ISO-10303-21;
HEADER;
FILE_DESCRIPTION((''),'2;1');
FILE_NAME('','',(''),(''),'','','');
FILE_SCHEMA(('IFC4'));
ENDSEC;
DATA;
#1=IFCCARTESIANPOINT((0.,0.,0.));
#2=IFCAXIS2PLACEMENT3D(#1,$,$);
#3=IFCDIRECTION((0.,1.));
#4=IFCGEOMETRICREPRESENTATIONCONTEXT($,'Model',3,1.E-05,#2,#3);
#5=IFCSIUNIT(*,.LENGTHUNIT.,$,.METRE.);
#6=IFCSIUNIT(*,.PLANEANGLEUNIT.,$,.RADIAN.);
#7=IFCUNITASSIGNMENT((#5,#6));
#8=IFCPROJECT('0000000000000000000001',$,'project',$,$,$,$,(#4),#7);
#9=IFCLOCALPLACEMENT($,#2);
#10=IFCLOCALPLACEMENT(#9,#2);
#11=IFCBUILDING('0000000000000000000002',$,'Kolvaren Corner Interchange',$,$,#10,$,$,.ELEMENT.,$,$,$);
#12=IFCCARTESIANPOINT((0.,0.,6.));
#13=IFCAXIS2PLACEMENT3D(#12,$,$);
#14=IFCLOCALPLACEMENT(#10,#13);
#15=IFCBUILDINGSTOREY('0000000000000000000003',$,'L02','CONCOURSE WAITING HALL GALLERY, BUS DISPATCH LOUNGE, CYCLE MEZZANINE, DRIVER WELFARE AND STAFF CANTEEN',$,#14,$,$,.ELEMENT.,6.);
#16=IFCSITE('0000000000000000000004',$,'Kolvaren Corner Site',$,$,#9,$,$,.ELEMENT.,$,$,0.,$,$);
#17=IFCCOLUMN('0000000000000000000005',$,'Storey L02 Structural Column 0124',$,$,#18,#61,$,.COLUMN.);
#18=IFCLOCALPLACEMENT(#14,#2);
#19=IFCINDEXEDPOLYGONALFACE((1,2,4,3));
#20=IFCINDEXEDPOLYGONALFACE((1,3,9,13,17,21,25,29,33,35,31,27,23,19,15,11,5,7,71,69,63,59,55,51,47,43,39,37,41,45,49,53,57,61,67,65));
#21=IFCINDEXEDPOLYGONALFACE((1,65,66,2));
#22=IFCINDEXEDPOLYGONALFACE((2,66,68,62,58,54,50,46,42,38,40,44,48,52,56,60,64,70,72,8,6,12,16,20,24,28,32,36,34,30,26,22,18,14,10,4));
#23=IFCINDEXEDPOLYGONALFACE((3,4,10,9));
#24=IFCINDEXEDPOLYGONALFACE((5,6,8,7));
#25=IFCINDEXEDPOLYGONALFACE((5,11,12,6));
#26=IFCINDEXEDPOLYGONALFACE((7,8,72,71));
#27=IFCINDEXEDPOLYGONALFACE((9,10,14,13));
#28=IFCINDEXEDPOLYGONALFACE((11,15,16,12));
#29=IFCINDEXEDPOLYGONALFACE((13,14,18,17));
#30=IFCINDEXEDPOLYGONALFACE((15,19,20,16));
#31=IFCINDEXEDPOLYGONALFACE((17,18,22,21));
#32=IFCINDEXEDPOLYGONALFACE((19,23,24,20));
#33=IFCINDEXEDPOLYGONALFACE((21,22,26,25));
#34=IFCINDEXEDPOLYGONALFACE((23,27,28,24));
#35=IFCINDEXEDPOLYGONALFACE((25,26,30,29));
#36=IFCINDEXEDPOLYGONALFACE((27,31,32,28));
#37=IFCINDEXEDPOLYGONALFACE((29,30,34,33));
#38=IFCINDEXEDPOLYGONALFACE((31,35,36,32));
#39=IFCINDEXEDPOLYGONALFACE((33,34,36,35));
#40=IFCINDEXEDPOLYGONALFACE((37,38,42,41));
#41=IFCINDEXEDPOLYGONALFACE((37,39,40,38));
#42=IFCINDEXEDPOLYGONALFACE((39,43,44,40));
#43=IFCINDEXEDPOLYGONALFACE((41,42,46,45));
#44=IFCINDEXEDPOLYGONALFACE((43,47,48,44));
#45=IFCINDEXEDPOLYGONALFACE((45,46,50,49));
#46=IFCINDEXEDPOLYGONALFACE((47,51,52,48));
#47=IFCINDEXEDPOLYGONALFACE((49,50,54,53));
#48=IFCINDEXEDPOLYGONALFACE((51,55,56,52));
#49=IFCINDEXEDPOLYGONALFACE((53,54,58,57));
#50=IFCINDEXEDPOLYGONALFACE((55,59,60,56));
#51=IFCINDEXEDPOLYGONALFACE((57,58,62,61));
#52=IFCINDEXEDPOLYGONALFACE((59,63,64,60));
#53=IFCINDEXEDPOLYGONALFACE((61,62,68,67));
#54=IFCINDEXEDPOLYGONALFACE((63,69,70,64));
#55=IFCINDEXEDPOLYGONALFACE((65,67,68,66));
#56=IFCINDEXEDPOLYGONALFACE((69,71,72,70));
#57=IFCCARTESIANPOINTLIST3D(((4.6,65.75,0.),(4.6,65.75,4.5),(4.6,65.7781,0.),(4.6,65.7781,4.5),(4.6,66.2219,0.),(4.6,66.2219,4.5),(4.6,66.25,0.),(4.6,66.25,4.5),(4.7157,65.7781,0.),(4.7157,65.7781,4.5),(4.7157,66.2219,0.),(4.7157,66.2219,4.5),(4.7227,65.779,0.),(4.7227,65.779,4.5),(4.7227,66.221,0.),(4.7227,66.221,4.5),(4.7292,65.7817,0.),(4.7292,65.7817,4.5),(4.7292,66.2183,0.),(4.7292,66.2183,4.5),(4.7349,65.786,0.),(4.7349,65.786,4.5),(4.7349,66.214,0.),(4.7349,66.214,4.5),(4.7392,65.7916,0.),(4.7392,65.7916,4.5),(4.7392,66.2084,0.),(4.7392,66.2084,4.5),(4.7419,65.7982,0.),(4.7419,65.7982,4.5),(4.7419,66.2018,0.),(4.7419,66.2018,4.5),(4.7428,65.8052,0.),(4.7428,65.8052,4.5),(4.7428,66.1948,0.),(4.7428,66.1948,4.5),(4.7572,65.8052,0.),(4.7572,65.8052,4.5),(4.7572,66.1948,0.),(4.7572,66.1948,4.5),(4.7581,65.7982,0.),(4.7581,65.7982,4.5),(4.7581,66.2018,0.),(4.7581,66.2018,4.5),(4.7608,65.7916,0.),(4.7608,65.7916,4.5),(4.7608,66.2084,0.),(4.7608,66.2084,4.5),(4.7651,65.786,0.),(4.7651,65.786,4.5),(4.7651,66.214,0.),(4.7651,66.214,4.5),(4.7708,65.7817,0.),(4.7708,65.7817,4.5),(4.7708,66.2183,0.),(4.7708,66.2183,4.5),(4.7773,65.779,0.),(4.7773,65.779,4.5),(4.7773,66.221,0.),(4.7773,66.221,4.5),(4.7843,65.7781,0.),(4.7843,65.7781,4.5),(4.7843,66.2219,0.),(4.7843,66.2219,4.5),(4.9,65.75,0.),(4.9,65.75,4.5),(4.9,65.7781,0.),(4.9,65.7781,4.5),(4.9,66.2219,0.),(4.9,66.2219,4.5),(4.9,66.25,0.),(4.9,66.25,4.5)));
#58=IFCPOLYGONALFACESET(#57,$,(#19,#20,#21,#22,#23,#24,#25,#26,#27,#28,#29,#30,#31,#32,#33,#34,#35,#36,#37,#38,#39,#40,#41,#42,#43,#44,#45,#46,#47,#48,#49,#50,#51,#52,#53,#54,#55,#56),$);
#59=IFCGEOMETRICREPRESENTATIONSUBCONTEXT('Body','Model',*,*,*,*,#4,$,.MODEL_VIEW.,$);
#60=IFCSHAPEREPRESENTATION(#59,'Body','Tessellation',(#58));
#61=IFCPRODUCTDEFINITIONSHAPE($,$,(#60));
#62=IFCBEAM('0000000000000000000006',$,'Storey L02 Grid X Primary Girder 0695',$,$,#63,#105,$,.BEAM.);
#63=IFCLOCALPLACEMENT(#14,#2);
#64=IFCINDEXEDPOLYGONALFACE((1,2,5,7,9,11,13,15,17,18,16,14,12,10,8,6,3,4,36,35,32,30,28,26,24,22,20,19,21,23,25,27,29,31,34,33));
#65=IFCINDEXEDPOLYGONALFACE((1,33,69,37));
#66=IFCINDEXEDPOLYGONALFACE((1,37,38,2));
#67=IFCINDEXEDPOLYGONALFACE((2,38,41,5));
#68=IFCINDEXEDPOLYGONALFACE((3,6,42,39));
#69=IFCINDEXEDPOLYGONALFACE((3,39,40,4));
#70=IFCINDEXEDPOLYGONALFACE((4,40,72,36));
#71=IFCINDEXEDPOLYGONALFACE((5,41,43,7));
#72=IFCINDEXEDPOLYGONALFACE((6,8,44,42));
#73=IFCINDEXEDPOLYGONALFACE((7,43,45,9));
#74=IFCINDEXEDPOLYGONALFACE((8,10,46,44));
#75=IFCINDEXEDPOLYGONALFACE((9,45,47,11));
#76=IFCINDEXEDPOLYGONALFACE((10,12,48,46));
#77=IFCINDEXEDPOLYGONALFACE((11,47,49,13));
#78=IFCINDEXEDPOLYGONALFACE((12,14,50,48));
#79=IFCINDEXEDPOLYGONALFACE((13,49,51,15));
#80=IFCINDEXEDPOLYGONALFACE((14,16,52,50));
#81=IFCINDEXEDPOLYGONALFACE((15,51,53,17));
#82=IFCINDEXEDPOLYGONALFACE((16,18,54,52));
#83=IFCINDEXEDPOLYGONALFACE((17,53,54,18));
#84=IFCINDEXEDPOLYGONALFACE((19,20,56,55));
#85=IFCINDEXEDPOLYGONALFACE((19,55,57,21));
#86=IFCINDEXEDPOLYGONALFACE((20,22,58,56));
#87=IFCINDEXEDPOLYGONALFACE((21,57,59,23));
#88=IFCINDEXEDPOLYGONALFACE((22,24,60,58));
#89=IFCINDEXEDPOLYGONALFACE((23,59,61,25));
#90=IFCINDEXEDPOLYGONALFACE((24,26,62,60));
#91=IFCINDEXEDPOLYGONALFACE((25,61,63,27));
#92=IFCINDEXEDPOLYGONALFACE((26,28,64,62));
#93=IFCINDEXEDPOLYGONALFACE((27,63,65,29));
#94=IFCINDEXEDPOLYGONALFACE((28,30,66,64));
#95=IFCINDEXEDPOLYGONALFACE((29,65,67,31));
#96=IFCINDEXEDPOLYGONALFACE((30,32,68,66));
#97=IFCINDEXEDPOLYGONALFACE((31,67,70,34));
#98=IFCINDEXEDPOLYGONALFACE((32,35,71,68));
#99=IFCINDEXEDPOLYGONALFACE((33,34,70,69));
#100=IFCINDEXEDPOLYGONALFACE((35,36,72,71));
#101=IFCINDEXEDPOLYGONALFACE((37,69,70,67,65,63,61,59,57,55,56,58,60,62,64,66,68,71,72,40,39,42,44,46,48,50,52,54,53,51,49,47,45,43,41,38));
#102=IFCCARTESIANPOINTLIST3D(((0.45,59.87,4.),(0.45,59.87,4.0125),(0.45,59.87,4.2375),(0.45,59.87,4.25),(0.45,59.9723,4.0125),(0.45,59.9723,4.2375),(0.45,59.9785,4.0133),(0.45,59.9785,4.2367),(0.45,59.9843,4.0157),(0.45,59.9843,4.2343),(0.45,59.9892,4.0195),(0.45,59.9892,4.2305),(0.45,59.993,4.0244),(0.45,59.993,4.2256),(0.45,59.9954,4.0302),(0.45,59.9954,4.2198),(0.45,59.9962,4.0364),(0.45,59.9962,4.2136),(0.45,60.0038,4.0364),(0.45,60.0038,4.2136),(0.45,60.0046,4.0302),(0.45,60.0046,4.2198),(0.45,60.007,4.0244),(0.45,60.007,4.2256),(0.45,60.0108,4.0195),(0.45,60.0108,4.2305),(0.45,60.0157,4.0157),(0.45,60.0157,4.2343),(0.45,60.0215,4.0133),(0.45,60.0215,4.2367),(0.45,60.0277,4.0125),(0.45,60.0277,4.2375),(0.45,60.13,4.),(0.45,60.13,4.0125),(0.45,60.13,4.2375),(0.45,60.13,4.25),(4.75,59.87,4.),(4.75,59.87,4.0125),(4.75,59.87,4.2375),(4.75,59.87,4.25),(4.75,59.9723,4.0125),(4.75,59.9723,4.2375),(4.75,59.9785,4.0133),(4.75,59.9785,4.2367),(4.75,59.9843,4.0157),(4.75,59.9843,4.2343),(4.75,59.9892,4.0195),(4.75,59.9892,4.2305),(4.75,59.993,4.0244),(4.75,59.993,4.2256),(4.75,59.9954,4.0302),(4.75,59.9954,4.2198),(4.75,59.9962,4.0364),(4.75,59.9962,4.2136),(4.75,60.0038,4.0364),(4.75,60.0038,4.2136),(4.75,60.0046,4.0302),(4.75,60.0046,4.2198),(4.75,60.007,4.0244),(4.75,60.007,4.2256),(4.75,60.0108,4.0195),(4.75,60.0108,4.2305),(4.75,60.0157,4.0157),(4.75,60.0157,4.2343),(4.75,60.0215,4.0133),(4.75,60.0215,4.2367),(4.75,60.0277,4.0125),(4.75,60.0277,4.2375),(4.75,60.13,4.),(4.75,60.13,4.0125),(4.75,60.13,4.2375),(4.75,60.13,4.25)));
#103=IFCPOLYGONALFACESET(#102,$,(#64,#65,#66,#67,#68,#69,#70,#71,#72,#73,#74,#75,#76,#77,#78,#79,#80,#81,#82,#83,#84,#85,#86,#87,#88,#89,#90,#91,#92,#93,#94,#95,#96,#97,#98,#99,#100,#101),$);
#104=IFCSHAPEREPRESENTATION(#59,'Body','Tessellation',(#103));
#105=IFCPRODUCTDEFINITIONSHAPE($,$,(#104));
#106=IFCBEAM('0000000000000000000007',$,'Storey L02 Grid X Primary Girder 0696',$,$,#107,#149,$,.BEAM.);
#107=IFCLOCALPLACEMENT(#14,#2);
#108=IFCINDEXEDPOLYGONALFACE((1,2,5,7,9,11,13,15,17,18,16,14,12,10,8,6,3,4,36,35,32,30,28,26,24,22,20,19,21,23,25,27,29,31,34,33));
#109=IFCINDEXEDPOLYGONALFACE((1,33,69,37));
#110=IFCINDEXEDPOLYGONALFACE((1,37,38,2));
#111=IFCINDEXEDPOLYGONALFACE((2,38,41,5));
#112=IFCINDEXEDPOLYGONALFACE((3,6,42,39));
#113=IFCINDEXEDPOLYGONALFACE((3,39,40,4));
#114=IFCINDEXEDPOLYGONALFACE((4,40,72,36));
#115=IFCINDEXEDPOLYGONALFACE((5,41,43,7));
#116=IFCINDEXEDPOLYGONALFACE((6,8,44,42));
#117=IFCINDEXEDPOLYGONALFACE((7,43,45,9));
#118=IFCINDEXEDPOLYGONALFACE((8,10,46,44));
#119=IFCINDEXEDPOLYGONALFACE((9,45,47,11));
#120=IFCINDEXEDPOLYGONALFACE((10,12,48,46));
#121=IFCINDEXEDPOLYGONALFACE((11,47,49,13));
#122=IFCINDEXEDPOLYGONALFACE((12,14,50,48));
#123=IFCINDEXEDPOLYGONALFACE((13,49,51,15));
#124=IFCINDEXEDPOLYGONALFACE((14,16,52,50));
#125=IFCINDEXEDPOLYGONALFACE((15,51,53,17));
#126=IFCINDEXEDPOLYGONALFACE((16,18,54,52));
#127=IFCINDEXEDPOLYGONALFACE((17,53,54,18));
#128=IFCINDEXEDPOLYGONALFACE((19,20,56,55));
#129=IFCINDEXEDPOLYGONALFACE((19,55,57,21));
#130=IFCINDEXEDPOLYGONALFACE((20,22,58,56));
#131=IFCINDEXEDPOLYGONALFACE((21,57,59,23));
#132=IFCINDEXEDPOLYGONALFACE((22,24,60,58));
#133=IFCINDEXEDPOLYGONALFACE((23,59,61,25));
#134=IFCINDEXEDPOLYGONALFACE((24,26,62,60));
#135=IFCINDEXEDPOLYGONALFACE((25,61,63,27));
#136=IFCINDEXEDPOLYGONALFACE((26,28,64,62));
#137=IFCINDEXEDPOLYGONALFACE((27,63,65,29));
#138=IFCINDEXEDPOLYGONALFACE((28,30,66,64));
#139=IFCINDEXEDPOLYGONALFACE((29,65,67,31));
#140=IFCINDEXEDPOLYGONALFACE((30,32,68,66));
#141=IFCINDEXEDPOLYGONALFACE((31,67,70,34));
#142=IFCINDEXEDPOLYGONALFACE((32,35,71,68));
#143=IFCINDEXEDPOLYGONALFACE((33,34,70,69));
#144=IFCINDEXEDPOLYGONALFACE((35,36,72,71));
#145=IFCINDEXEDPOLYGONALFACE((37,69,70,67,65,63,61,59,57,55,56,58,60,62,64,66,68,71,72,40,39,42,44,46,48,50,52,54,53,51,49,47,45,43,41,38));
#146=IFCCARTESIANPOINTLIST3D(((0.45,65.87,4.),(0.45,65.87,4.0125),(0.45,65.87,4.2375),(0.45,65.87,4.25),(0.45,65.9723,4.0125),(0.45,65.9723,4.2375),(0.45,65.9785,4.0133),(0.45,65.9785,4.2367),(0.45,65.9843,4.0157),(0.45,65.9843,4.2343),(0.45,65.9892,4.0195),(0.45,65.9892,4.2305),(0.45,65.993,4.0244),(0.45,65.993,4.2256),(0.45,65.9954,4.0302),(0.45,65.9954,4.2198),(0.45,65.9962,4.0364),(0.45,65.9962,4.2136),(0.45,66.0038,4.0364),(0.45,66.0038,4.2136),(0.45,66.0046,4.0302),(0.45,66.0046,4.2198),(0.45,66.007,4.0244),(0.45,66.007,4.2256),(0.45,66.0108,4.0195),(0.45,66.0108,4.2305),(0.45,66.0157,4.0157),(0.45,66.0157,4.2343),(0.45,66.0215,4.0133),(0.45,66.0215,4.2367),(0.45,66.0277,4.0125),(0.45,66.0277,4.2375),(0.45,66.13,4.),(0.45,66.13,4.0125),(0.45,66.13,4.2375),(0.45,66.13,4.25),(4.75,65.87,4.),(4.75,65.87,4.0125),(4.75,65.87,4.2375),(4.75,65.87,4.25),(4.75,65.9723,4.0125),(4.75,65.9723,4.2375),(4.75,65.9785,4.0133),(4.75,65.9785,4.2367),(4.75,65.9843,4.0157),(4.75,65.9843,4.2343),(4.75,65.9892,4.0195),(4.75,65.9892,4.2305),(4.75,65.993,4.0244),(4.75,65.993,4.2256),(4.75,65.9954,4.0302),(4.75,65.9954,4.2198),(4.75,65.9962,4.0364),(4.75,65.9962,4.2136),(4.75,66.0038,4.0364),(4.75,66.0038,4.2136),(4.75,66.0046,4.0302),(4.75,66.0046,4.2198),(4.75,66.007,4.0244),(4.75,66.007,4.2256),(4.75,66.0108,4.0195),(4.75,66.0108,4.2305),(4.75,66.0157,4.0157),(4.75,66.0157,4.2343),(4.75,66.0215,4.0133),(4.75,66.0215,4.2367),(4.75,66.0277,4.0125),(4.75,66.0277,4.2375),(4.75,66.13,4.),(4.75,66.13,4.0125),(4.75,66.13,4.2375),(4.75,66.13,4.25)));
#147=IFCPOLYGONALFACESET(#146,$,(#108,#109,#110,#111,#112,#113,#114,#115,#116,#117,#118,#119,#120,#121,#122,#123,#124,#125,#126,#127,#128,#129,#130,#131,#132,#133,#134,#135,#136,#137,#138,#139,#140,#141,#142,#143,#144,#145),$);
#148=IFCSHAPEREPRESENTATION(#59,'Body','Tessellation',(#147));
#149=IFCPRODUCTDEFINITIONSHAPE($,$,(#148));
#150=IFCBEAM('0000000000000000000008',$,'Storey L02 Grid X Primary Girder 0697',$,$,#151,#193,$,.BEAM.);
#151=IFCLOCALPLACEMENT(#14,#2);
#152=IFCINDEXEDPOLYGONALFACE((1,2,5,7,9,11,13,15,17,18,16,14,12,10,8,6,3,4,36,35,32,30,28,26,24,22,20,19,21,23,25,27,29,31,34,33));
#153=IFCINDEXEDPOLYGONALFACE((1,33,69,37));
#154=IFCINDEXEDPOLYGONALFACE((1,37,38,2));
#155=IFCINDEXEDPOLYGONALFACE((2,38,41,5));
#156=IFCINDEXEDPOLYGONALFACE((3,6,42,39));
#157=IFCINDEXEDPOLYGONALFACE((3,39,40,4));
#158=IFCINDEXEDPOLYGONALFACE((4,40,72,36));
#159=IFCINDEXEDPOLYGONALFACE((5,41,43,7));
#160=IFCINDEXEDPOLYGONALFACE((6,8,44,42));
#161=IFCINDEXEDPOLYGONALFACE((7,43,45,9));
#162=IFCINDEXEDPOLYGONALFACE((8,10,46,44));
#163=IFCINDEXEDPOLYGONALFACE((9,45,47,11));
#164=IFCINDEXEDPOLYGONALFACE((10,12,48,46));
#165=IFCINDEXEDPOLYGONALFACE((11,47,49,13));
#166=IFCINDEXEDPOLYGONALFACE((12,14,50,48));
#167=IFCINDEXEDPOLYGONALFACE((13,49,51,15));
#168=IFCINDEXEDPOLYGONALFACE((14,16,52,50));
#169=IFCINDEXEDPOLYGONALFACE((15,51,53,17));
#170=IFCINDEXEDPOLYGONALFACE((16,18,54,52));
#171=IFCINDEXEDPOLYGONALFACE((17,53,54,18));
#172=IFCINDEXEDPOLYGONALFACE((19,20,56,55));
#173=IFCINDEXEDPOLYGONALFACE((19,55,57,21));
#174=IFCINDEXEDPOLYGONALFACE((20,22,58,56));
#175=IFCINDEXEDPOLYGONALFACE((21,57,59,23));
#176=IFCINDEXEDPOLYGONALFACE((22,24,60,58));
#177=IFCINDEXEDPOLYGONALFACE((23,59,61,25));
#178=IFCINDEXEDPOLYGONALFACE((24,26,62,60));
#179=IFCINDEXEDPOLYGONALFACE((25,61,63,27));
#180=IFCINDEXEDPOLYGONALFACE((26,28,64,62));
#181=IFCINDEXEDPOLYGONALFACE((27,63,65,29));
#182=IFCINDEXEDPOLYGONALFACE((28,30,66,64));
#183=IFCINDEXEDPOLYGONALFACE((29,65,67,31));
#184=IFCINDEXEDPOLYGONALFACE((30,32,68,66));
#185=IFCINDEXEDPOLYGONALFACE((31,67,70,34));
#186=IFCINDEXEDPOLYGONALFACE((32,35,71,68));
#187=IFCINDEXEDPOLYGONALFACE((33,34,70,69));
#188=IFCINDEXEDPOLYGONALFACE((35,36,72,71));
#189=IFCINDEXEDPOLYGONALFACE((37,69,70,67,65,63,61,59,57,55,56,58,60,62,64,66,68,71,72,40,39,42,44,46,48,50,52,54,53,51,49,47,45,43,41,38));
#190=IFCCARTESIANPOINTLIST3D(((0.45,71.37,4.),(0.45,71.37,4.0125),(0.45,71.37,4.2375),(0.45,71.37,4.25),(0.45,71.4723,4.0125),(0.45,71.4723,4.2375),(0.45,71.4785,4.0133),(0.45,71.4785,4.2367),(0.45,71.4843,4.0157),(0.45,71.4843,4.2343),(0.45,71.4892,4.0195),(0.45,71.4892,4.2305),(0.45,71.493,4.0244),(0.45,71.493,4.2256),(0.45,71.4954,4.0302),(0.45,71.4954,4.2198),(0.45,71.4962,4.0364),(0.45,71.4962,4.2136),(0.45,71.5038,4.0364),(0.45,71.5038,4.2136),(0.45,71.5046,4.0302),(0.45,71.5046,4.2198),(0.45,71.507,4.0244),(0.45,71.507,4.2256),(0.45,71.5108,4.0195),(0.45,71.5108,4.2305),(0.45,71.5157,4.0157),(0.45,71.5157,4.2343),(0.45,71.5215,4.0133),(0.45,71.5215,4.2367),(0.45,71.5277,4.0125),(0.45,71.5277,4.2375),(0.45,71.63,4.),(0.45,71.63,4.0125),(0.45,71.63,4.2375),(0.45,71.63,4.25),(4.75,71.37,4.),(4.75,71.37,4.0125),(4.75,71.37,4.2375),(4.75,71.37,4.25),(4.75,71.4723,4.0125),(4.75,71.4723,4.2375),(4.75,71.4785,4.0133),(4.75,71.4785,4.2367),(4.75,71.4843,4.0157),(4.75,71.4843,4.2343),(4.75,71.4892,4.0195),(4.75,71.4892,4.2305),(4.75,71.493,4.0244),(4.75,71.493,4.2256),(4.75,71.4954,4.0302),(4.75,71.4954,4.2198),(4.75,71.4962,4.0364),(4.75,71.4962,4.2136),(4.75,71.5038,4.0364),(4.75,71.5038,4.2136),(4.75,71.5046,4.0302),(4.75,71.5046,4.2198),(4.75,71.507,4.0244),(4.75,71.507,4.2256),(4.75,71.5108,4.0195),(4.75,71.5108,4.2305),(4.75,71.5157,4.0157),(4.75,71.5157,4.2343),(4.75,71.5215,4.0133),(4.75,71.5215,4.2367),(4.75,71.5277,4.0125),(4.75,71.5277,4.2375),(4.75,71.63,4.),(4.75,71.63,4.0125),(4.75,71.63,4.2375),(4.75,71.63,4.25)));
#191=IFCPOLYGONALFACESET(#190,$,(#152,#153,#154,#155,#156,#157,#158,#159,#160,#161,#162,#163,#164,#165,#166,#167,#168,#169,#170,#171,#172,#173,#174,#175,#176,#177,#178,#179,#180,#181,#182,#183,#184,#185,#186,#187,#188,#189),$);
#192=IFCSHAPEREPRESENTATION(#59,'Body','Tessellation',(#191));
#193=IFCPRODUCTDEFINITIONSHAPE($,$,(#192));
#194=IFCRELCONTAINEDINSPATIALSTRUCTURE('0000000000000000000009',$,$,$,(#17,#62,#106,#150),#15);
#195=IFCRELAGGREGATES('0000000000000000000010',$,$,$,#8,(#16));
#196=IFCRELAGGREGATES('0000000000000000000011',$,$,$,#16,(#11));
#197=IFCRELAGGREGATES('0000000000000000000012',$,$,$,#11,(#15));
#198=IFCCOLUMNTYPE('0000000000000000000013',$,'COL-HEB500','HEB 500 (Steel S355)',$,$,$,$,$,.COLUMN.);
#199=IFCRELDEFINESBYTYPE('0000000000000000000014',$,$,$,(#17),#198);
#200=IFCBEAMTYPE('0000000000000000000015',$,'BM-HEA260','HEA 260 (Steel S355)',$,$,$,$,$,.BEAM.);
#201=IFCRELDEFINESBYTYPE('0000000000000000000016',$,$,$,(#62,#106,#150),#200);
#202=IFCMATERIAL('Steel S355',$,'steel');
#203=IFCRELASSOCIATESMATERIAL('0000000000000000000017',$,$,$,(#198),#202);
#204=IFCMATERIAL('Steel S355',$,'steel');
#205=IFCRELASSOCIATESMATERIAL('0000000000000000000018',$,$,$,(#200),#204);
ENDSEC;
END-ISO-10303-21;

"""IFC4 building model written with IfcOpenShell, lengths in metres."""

from ifc_helpers import new_model, si_unit, direction, frame, origin, origin_2d, place, context, subcontext, project, spatial, i_section, extrude, material, material_profile, profile_set, type_object, element, save


model = new_model("IFC4")

# Units and contexts
model_context = context("Model", 3, precision=1e-05, world=origin(), true_north=direction((0.0, 1.0)))
body_context = subcontext(model_context, "Body", "Model", "MODEL_VIEW")
ifc_project = project(units=[si_unit("LENGTHUNIT", "METRE"), si_unit("PLANEANGLEUNIT", "RADIAN")], contexts=[model_context])

# Site, building, storey
site_placement = place(None, origin())
site = spatial("IfcSite", under=ifc_project, at=site_placement, Name="Kolvaren Corner Site", CompositionType="ELEMENT", RefElevation=0.0)
building_placement = place(site_placement, origin())
building = spatial("IfcBuilding", under=site, at=building_placement, Name="Kolvaren Corner Interchange", CompositionType="ELEMENT")
storey_placement = place(building_placement, frame((0.0, 0.0, 6.0)))
storey = spatial("IfcBuildingStorey", under=building, at=storey_placement, Name="L02", Description="CONCOURSE WAITING HALL GALLERY, BUS DISPATCH LOUNGE, CYCLE MEZZANINE, DRIVER WELFARE AND STAFF CANTEEN", CompositionType="ELEMENT", Elevation=6.0)

# Column
ifc_material_1 = material(Name="Steel S355", Category="steel")
ifc_material_profile_1 = material_profile(ifc_material_1, i_section(OverallWidth=0.3, OverallDepth=0.5, WebThickness=0.0144, FlangeThickness=0.0281, FilletRadius=0.0271, at=origin_2d()), Name="HEB 500")
ifc_profile_set_1 = profile_set([ifc_material_profile_1], Name="Steel S355")
column_type = type_object("IfcColumnType", Name="COL-HEB500", Description="HEB 500 (Steel S355)", PredefinedType="COLUMN", material=ifc_profile_set_1)
for number, where, z_axis, x_axis, name in (
    (1, (4.75, 66.0, 0.0), (0.0, 0.0, 1.0), (1.0, 0.0, 0.0), "Storey L02 Structural Column 0124"),
):
    element("IfcColumn", number, at=place(storey_placement, frame(where, z_axis=z_axis, x_axis=x_axis)), inside=storey, type_object=column_type, Name=name, PredefinedType="COLUMN", context=body_context, shape_type="SweptSolid", body=[
        extrude(i_section(OverallWidth=0.3, OverallDepth=0.5, WebThickness=0.0144, FlangeThickness=0.0281, FilletRadius=0.0271, at=origin_2d()), origin(), (0.0, 0.0, 1.0), 4.5),
    ])

# Beams
ifc_material_2 = material(Name="Steel S355", Category="steel")
ifc_material_profile_2 = material_profile(ifc_material_2, i_section(OverallWidth=0.26, OverallDepth=0.25, WebThickness=0.0076, FlangeThickness=0.0125, FilletRadius=0.0239, at=origin_2d()), Name="HEA 260")
ifc_profile_set_2 = profile_set([ifc_material_profile_2], Name="Steel S355")
beam_type_1 = type_object("IfcBeamType", Name="BM-HEA260", Description="HEA 260 (Steel S355)", PredefinedType="BEAM", material=ifc_profile_set_2)
for number, where, z_axis, x_axis, name in (
    (2, (0.45, 60.0, 4.125), (1.0, 0.0, 0.0), (0.0, 1.0, 0.0), "Storey L02 Grid X Primary Girder 0695"),
    (3, (0.45, 66.0, 4.125), (1.0, 0.0, 0.0), (0.0, 1.0, 0.0), "Storey L02 Grid X Primary Girder 0696"),
    (4, (0.45, 71.5, 4.125), (1.0, 0.0, 0.0), (0.0, 1.0, 0.0), "Storey L02 Grid X Primary Girder 0697"),
):
    element("IfcBeam", number, at=place(storey_placement, frame(where, z_axis=z_axis, x_axis=x_axis)), inside=storey, type_object=beam_type_1, Name=name, PredefinedType="BEAM", context=body_context, shape_type="SweptSolid", body=[
        extrude(i_section(OverallWidth=0.26, OverallDepth=0.25, WebThickness=0.0076, FlangeThickness=0.0125, FilletRadius=0.0239, at=origin_2d()), origin(), (0.0, 0.0, 1.0), 4.3),
    ])

save(model, "model.ifc")
